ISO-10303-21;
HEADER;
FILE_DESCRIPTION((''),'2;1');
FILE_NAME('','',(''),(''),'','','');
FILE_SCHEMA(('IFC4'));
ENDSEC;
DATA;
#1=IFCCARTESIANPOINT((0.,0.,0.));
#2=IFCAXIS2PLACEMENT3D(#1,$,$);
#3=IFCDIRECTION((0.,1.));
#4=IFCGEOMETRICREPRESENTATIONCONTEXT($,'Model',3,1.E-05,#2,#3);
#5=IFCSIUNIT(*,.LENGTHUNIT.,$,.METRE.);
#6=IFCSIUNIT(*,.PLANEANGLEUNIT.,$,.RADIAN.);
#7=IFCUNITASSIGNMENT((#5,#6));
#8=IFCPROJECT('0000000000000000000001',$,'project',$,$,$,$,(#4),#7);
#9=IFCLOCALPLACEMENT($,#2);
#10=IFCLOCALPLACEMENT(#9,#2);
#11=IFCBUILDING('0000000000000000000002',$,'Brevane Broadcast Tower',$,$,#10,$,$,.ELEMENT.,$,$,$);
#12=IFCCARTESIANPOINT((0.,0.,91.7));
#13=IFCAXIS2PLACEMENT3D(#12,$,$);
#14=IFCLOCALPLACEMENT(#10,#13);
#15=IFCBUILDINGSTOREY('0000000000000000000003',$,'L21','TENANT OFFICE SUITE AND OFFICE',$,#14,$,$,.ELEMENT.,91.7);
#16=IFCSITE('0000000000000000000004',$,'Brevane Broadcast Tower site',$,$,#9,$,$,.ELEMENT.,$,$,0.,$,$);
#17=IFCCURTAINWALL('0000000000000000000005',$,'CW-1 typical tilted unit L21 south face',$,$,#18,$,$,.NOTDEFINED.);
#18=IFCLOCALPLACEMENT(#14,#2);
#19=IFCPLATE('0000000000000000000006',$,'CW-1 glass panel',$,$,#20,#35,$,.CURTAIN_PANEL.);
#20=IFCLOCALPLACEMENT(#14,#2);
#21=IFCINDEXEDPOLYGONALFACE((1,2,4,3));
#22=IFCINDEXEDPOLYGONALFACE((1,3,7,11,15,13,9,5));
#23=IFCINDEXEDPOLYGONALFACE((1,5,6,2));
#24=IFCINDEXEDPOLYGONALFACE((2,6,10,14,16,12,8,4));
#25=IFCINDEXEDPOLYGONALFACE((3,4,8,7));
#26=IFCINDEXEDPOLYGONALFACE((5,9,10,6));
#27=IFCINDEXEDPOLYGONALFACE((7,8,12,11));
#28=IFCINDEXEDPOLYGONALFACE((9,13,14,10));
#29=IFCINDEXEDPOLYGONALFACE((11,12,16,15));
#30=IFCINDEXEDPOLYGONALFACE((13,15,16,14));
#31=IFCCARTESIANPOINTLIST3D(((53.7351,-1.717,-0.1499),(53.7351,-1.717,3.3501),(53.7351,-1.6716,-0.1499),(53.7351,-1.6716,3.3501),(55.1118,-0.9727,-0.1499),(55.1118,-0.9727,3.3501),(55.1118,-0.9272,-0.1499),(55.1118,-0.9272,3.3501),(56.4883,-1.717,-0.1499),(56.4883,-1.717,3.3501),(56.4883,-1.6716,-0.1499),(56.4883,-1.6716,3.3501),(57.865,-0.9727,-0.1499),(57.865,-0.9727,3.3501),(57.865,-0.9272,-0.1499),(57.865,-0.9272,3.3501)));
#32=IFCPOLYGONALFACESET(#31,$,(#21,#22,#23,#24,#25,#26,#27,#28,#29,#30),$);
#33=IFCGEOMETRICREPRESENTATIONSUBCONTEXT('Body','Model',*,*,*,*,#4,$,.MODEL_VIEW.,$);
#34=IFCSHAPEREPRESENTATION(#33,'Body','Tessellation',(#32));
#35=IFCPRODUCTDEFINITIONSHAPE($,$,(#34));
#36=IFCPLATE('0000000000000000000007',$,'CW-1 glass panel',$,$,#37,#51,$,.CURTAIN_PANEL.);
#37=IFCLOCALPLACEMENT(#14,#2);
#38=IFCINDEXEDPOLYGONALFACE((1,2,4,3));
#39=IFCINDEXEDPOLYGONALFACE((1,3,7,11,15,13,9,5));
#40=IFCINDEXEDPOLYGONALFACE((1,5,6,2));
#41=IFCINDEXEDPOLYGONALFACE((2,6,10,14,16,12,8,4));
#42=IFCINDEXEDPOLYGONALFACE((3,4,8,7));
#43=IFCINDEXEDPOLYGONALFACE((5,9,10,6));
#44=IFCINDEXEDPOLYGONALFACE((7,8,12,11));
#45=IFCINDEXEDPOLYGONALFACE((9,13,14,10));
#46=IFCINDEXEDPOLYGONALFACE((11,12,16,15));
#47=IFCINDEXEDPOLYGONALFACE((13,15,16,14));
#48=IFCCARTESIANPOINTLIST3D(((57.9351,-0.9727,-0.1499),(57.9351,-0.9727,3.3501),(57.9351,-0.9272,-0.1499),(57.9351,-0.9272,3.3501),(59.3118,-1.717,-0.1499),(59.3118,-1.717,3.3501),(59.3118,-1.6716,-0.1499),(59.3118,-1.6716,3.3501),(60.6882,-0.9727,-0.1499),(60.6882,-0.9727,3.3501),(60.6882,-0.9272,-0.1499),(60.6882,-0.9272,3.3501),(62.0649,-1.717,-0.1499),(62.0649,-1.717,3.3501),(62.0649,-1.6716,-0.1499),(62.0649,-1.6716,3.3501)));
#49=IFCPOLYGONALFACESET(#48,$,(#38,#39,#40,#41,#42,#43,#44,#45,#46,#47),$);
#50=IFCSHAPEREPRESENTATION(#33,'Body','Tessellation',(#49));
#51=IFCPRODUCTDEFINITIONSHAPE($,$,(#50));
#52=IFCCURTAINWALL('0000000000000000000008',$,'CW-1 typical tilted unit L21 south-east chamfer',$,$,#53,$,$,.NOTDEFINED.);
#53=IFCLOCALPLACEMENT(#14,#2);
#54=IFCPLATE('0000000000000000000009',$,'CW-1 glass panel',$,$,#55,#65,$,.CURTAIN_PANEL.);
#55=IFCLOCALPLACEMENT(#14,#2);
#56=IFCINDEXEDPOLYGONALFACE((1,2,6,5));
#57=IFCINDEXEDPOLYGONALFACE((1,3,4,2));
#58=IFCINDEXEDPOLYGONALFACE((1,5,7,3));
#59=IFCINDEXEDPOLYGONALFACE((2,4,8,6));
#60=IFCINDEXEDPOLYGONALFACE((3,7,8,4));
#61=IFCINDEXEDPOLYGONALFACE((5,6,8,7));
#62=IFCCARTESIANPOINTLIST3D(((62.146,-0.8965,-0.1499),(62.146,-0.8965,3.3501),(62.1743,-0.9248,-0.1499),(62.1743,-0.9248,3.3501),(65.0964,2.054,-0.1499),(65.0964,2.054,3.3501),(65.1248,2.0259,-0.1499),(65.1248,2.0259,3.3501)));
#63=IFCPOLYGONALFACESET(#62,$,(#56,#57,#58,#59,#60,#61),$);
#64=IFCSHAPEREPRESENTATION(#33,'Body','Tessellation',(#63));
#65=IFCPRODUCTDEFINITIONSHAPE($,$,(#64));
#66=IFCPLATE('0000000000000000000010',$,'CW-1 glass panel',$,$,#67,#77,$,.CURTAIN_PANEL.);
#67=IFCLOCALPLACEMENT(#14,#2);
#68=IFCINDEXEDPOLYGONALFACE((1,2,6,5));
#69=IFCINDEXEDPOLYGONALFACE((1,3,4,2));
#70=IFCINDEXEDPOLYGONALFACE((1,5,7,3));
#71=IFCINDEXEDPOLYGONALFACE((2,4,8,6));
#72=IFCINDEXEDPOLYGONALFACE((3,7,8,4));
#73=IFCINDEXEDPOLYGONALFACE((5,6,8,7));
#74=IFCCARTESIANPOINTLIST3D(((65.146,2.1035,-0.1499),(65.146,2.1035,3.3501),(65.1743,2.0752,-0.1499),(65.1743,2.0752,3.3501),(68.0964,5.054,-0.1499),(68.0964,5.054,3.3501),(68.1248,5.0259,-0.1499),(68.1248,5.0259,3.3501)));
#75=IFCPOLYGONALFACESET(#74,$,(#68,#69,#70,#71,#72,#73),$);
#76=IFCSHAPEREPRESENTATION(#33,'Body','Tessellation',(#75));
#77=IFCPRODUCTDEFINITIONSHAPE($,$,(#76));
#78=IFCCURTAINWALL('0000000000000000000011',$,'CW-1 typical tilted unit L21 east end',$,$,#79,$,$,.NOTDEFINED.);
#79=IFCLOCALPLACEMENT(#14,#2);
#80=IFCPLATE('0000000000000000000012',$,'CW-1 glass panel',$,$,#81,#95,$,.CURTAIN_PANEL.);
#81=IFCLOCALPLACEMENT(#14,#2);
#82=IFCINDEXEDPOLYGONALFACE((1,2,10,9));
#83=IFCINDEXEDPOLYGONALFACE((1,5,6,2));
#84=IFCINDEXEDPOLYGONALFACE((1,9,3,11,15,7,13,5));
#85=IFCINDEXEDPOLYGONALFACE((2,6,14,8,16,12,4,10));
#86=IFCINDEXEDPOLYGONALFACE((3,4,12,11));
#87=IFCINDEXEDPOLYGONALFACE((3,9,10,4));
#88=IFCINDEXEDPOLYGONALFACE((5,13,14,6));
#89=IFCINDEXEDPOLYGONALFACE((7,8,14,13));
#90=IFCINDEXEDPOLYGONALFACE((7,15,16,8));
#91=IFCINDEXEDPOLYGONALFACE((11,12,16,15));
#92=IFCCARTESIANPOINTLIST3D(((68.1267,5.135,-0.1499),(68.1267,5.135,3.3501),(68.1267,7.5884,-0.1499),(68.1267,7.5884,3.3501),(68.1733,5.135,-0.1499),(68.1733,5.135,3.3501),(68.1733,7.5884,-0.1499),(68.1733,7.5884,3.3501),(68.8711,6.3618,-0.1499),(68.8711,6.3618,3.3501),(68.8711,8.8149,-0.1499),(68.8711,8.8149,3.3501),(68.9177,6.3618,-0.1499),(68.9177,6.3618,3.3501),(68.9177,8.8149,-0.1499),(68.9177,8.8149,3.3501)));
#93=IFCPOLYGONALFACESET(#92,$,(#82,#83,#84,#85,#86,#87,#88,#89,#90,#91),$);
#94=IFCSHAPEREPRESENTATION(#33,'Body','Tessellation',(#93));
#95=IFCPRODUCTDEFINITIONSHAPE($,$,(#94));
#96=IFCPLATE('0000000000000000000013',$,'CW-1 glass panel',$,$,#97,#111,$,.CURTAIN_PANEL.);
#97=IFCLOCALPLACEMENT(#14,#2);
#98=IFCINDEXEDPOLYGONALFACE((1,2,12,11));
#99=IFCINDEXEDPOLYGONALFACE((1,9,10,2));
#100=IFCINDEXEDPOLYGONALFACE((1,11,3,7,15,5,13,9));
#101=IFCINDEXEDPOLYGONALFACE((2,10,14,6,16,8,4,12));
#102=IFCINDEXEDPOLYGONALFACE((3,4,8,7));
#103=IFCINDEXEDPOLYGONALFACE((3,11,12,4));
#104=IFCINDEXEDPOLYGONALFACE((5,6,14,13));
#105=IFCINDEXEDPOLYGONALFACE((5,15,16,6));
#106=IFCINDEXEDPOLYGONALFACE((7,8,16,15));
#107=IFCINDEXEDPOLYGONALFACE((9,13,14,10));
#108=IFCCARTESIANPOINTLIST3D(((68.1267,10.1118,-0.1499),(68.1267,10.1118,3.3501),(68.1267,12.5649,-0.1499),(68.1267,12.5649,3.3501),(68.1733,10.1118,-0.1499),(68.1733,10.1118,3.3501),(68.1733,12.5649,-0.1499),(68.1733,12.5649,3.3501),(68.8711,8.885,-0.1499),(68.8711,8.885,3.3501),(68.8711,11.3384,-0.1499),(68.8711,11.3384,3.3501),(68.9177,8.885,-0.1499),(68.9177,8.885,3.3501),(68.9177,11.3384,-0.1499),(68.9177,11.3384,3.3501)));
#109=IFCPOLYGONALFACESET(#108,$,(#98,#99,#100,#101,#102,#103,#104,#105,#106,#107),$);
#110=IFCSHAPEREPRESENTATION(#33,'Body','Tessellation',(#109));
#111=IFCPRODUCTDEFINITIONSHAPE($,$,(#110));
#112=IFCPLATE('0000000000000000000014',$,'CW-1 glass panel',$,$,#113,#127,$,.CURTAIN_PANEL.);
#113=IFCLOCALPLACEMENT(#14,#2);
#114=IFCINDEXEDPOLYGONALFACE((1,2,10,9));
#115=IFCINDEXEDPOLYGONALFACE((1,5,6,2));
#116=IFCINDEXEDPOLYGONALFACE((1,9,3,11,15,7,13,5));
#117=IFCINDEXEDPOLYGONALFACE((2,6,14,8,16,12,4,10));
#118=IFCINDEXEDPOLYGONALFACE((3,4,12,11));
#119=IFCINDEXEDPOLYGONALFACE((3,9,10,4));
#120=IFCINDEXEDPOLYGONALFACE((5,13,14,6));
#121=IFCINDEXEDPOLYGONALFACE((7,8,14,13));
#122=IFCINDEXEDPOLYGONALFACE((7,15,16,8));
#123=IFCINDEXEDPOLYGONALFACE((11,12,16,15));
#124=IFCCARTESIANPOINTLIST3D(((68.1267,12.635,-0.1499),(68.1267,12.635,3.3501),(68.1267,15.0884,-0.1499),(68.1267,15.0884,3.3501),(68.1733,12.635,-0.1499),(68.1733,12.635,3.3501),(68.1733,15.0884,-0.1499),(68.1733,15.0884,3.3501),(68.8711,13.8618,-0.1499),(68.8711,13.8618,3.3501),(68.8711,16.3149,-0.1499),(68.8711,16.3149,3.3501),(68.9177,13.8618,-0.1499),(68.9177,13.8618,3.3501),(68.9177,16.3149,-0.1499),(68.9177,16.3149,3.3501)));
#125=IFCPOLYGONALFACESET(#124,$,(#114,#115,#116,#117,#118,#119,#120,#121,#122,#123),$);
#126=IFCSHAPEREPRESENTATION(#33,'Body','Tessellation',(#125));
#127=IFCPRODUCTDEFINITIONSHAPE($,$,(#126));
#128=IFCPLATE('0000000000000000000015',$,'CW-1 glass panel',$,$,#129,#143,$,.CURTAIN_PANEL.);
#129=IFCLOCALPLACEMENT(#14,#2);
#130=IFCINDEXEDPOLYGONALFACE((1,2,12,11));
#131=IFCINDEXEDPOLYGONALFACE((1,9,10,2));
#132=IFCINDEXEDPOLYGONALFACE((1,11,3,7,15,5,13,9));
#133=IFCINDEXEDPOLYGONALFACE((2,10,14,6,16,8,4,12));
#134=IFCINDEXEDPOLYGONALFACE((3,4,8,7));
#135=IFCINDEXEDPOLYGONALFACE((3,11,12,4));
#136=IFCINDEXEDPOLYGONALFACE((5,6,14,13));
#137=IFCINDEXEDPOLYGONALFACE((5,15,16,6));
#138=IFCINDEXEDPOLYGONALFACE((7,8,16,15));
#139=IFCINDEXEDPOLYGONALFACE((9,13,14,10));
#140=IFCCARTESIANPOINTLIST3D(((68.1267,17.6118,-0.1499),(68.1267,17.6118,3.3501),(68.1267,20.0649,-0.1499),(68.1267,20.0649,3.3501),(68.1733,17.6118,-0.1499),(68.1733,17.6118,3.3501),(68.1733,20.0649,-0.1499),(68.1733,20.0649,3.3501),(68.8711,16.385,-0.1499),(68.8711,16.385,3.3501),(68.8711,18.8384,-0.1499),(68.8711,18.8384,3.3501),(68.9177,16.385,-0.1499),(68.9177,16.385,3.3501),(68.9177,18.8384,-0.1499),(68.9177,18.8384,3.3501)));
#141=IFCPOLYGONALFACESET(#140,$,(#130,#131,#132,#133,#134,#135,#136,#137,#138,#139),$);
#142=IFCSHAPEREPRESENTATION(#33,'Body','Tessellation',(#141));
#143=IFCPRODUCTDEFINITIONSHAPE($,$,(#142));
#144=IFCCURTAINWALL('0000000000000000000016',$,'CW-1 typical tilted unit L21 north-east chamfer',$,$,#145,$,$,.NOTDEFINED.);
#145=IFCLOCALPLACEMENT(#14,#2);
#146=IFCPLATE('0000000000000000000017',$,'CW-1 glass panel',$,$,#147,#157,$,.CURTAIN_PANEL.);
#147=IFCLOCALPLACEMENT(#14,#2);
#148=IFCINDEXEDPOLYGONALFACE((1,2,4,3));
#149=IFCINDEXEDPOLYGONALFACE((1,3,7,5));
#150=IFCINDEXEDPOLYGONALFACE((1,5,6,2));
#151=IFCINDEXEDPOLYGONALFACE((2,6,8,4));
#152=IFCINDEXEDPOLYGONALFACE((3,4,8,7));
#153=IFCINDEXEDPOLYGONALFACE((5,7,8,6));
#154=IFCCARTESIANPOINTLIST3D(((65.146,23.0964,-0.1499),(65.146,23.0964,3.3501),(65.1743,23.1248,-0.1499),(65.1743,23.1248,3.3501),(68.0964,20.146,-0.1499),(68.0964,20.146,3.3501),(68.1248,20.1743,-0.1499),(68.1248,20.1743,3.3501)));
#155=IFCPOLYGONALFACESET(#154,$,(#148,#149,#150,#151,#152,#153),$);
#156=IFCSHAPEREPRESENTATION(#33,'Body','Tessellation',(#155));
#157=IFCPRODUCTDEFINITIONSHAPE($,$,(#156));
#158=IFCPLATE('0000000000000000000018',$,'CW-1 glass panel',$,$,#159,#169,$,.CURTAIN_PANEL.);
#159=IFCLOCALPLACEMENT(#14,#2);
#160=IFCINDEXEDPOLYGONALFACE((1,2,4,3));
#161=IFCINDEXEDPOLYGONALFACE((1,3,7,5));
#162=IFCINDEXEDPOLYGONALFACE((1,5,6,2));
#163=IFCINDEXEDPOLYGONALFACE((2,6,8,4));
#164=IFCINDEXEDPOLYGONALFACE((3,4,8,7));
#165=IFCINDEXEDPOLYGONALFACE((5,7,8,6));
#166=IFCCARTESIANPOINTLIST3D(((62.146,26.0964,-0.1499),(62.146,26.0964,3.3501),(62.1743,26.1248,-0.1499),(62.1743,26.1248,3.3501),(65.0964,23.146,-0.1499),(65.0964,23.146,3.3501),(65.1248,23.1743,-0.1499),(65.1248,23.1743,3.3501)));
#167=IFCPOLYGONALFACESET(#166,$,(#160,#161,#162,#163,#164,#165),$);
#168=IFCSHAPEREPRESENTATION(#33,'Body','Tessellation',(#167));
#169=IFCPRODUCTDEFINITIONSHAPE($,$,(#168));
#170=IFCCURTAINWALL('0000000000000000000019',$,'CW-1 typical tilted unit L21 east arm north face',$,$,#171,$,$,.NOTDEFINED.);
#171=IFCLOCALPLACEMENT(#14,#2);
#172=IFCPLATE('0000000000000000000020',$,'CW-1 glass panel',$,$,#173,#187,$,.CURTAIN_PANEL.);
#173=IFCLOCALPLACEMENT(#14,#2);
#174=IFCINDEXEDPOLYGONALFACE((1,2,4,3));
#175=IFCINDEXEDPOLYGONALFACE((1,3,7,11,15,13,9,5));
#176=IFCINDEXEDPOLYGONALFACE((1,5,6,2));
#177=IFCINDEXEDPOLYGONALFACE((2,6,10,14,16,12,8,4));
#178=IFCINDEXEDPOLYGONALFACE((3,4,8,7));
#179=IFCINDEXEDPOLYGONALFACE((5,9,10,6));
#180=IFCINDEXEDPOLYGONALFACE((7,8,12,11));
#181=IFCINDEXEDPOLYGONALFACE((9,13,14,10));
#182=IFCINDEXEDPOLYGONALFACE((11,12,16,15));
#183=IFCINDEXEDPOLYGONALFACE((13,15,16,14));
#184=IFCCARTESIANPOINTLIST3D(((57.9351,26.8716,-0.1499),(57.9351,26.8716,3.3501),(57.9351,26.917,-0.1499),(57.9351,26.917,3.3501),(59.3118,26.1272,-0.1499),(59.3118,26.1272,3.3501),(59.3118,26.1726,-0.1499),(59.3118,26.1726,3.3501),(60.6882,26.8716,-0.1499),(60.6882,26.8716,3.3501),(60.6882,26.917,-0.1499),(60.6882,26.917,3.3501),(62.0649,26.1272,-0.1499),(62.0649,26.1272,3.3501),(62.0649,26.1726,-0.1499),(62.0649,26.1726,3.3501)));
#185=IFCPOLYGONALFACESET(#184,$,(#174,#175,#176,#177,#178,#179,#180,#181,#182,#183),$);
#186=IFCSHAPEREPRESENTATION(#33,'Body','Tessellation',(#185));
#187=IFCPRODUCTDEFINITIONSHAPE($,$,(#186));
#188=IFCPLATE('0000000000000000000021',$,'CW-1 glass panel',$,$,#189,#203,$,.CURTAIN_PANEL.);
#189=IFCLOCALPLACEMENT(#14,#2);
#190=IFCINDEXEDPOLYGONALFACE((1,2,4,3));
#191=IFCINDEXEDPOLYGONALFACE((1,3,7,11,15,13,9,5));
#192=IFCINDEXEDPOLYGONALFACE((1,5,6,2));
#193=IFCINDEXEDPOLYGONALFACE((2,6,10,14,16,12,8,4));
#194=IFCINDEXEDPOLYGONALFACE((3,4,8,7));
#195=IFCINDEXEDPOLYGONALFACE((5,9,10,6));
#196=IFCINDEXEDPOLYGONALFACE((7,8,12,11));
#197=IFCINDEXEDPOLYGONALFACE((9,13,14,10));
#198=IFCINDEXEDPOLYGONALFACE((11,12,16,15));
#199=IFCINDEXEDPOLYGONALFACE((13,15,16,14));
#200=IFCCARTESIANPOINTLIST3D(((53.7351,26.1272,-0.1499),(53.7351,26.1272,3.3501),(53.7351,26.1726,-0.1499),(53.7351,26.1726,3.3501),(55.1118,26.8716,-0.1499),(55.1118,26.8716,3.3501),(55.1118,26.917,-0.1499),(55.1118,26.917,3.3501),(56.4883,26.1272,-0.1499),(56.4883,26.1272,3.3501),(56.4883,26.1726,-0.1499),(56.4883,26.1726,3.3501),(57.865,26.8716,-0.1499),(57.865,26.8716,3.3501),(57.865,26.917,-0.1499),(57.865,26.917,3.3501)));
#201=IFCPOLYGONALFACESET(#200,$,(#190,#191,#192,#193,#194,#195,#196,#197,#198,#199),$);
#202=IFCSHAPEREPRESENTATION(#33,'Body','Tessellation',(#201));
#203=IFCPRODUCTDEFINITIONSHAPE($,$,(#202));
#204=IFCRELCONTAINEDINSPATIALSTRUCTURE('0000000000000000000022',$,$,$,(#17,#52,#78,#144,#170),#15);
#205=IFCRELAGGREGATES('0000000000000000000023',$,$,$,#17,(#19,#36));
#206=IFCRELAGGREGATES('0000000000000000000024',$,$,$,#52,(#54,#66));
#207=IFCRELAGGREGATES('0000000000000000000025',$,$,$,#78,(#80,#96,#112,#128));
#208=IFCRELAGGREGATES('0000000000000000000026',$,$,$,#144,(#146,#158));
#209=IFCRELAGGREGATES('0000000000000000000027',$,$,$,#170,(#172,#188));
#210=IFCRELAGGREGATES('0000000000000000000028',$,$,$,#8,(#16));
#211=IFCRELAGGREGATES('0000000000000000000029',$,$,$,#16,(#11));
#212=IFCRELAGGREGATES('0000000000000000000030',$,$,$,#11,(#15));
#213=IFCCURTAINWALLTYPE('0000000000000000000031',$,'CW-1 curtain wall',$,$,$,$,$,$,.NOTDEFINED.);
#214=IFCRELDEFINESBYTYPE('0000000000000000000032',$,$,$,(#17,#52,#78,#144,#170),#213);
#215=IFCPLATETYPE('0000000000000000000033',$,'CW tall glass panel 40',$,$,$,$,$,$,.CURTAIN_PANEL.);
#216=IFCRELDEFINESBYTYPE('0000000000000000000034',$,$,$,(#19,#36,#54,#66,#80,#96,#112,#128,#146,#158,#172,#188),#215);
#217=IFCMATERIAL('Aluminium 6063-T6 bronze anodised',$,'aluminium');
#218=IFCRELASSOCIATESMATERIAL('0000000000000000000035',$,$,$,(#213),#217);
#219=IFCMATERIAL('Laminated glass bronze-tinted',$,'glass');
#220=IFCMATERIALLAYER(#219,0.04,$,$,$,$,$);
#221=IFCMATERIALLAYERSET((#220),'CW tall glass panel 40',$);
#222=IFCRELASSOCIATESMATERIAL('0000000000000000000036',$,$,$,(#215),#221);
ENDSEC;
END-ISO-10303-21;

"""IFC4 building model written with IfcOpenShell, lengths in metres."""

from ifc_helpers import new_model, si_unit, direction, frame, origin, place, context, subcontext, project, spatial, polyline, outline, extrude, material, layer, layer_set, type_object, element, aggregate, save


model = new_model("IFC4")

# Units and contexts
model_context = context("Model", 3, precision=1e-05, world=origin(), true_north=direction((0.0, 1.0)))
body_context = subcontext(model_context, "Body", "Model", "MODEL_VIEW")
ifc_project = project(units=[si_unit("LENGTHUNIT", "METRE"), si_unit("PLANEANGLEUNIT", "RADIAN")], contexts=[model_context])

# Site, building, storey
site_placement = place(None, origin())
site = spatial("IfcSite", under=ifc_project, at=site_placement, Name="Brevane Broadcast Tower site", CompositionType="ELEMENT", RefElevation=0.0)
building_placement = place(site_placement, origin())
building = spatial("IfcBuilding", under=site, at=building_placement, Name="Brevane Broadcast Tower", CompositionType="ELEMENT")
storey_placement = place(building_placement, frame((0.0, 0.0, 91.7)))
storey = spatial("IfcBuildingStorey", under=building, at=storey_placement, Name="L21", Description="TENANT OFFICE SUITE AND OFFICE", CompositionType="ELEMENT", Elevation=91.7)

# Curtain walls, plates
ifc_material_1 = material(Name="Aluminium 6063-T6 bronze anodised", Category="aluminium")
curtain_wall_type = type_object("IfcCurtainWallType", Name="CW-1 curtain wall", PredefinedType="NOTDEFINED", material=ifc_material_1)
curtain_wall_1_placement = place(storey_placement, origin())
curtain_wall_1 = element("IfcCurtainWall", 1, at=curtain_wall_1_placement, inside=storey, type_object=curtain_wall_type, Name="CW-1 typical tilted unit L21 south face", PredefinedType="NOTDEFINED")
ifc_material_2 = material(Name="Laminated glass bronze-tinted", Category="glass")
ifc_layer = layer(ifc_material_2, 0.04)
ifc_layer_set = layer_set([ifc_layer], Name="CW tall glass panel 40")
plate_type = type_object("IfcPlateType", Name="CW tall glass panel 40", PredefinedType="CURTAIN_PANEL", material=ifc_layer_set)
plate_1_placement = place(storey_placement, frame((0.0, 0.0, -0.1499)))
plate_1 = element("IfcPlate", 2, at=plate_1_placement, type_object=plate_type, Name="CW-1 glass panel", PredefinedType="CURTAIN_PANEL", context=body_context, shape_type="SweptSolid", body=[
    extrude(outline(polyline([(53.7351, -1.6716), (53.7351, -1.717), (55.1118, -0.9727), (56.4883, -1.717), (57.865, -0.9727), (57.865, -0.9272), (56.4883, -1.6716), (55.1118, -0.9272), (53.7351, -1.6716)])), origin(), (0.0, 0.0, 1.0), 3.5),
])
plate_2_placement = place(storey_placement, frame((0.0, 0.0, -0.1499)))
plate_2 = element("IfcPlate", 3, at=plate_2_placement, type_object=plate_type, Name="CW-1 glass panel", PredefinedType="CURTAIN_PANEL", context=body_context, shape_type="SweptSolid", body=[
    extrude(outline(polyline([(57.9351, -0.9272), (57.9351, -0.9727), (59.3118, -1.717), (60.6882, -0.9727), (62.0649, -1.717), (62.0649, -1.6716), (60.6882, -0.9272), (59.3118, -1.6716), (57.9351, -0.9272)])), origin(), (0.0, 0.0, 1.0), 3.5),
])
aggregate(curtain_wall_1, [plate_1, plate_2])
curtain_wall_2_placement = place(storey_placement, origin())
curtain_wall_2 = element("IfcCurtainWall", 4, at=curtain_wall_2_placement, inside=storey, type_object=curtain_wall_type, Name="CW-1 typical tilted unit L21 south-east chamfer", PredefinedType="NOTDEFINED")
plate_3_placement = place(storey_placement, frame((0.0, 0.0, -0.1499)))
plate_3 = element("IfcPlate", 5, at=plate_3_placement, type_object=plate_type, Name="CW-1 glass panel", PredefinedType="CURTAIN_PANEL", context=body_context, shape_type="SweptSolid", body=[
    extrude(outline(polyline([(62.146, -0.8965), (65.0964, 2.054), (65.1248, 2.0259), (62.1743, -0.9248), (62.146, -0.8965)])), origin(), (0.0, 0.0, 1.0), 3.5),
])
plate_4_placement = place(storey_placement, frame((0.0, 0.0, -0.1499)))
plate_4 = element("IfcPlate", 6, at=plate_4_placement, type_object=plate_type, Name="CW-1 glass panel", PredefinedType="CURTAIN_PANEL", context=body_context, shape_type="SweptSolid", body=[
    extrude(outline(polyline([(65.146, 2.1035), (68.0964, 5.054), (68.1248, 5.0259), (65.1743, 2.0752), (65.146, 2.1035)])), origin(), (0.0, 0.0, 1.0), 3.5),
])
aggregate(curtain_wall_2, [plate_3, plate_4])
curtain_wall_3_placement = place(storey_placement, origin())
curtain_wall_3 = element("IfcCurtainWall", 7, at=curtain_wall_3_placement, inside=storey, type_object=curtain_wall_type, Name="CW-1 typical tilted unit L21 east end", PredefinedType="NOTDEFINED")
plate_5_placement = place(storey_placement, frame((0.0, 0.0, -0.1499)))
plate_5 = element("IfcPlate", 8, at=plate_5_placement, type_object=plate_type, Name="CW-1 glass panel", PredefinedType="CURTAIN_PANEL", context=body_context, shape_type="SweptSolid", body=[
    extrude(outline(polyline([(68.1267, 5.135), (68.1733, 5.135), (68.9177, 6.3618), (68.1733, 7.5884), (68.9177, 8.8149), (68.8711, 8.8149), (68.1267, 7.5884), (68.8711, 6.3618), (68.1267, 5.135)])), origin(), (0.0, 0.0, 1.0), 3.5),
])
plate_6_placement = place(storey_placement, frame((0.0, 0.0, -0.1499)))
plate_6 = element("IfcPlate", 9, at=plate_6_placement, type_object=plate_type, Name="CW-1 glass panel", PredefinedType="CURTAIN_PANEL", context=body_context, shape_type="SweptSolid", body=[
    extrude(outline(polyline([(68.8711, 8.885), (68.9177, 8.885), (68.1733, 10.1118), (68.9177, 11.3384), (68.1733, 12.5649), (68.1267, 12.5649), (68.8711, 11.3384), (68.1267, 10.1118), (68.8711, 8.885)])), origin(), (0.0, 0.0, 1.0), 3.5),
])
plate_7_placement = place(storey_placement, frame((0.0, 0.0, -0.1499)))
plate_7 = element("IfcPlate", 10, at=plate_7_placement, type_object=plate_type, Name="CW-1 glass panel", PredefinedType="CURTAIN_PANEL", context=body_context, shape_type="SweptSolid", body=[
    extrude(outline(polyline([(68.1267, 12.635), (68.1733, 12.635), (68.9177, 13.8618), (68.1733, 15.0884), (68.9177, 16.3149), (68.8711, 16.3149), (68.1267, 15.0884), (68.8711, 13.8618), (68.1267, 12.635)])), origin(), (0.0, 0.0, 1.0), 3.5),
])
plate_8_placement = place(storey_placement, frame((0.0, 0.0, -0.1499)))
plate_8 = element("IfcPlate", 11, at=plate_8_placement, type_object=plate_type, Name="CW-1 glass panel", PredefinedType="CURTAIN_PANEL", context=body_context, shape_type="SweptSolid", body=[
    extrude(outline(polyline([(68.8711, 16.385), (68.9177, 16.385), (68.1733, 17.6118), (68.9177, 18.8384), (68.1733, 20.0649), (68.1267, 20.0649), (68.8711, 18.8384), (68.1267, 17.6118), (68.8711, 16.385)])), origin(), (0.0, 0.0, 1.0), 3.5),
])
aggregate(curtain_wall_3, [plate_5, plate_6, plate_7, plate_8])
curtain_wall_4_placement = place(storey_placement, origin())
curtain_wall_4 = element("IfcCurtainWall", 12, at=curtain_wall_4_placement, inside=storey, type_object=curtain_wall_type, Name="CW-1 typical tilted unit L21 north-east chamfer", PredefinedType="NOTDEFINED")
plate_9_placement = place(storey_placement, frame((0.0, 0.0, -0.1499)))
plate_9 = element("IfcPlate", 13, at=plate_9_placement, type_object=plate_type, Name="CW-1 glass panel", PredefinedType="CURTAIN_PANEL", context=body_context, shape_type="SweptSolid", body=[
    extrude(outline(polyline([(68.0964, 20.146), (65.146, 23.0964), (65.1743, 23.1248), (68.1248, 20.1743), (68.0964, 20.146)])), origin(), (0.0, 0.0, 1.0), 3.5),
])
plate_10_placement = place(storey_placement, frame((0.0, 0.0, -0.1499)))
plate_10 = element("IfcPlate", 14, at=plate_10_placement, type_object=plate_type, Name="CW-1 glass panel", PredefinedType="CURTAIN_PANEL", context=body_context, shape_type="SweptSolid", body=[
    extrude(outline(polyline([(65.0964, 23.146), (62.146, 26.0964), (62.1743, 26.1248), (65.1248, 23.1743), (65.0964, 23.146)])), origin(), (0.0, 0.0, 1.0), 3.5),
])
aggregate(curtain_wall_4, [plate_9, plate_10])
curtain_wall_5_placement = place(storey_placement, origin())
curtain_wall_5 = element("IfcCurtainWall", 15, at=curtain_wall_5_placement, inside=storey, type_object=curtain_wall_type, Name="CW-1 typical tilted unit L21 east arm north face", PredefinedType="NOTDEFINED")
plate_11_placement = place(storey_placement, frame((0.0, 0.0, -0.1499)))
plate_11 = element("IfcPlate", 16, at=plate_11_placement, type_object=plate_type, Name="CW-1 glass panel", PredefinedType="CURTAIN_PANEL", context=body_context, shape_type="SweptSolid", body=[
    extrude(outline(polyline([(62.0649, 26.1272), (62.0649, 26.1726), (60.6882, 26.917), (59.3118, 26.1726), (57.9351, 26.917), (57.9351, 26.8716), (59.3118, 26.1272), (60.6882, 26.8716), (62.0649, 26.1272)])), origin(), (0.0, 0.0, 1.0), 3.5),
])
plate_12_placement = place(storey_placement, frame((0.0, 0.0, -0.1499)))
plate_12 = element("IfcPlate", 17, at=plate_12_placement, type_object=plate_type, Name="CW-1 glass panel", PredefinedType="CURTAIN_PANEL", context=body_context, shape_type="SweptSolid", body=[
    extrude(outline(polyline([(57.865, 26.8716), (57.865, 26.917), (56.4883, 26.1726), (55.1118, 26.917), (53.7351, 26.1726), (53.7351, 26.1272), (55.1118, 26.8716), (56.4883, 26.1272), (57.865, 26.8716)])), origin(), (0.0, 0.0, 1.0), 3.5),
])
aggregate(curtain_wall_5, [plate_11, plate_12])

save(model, "model.ifc")
